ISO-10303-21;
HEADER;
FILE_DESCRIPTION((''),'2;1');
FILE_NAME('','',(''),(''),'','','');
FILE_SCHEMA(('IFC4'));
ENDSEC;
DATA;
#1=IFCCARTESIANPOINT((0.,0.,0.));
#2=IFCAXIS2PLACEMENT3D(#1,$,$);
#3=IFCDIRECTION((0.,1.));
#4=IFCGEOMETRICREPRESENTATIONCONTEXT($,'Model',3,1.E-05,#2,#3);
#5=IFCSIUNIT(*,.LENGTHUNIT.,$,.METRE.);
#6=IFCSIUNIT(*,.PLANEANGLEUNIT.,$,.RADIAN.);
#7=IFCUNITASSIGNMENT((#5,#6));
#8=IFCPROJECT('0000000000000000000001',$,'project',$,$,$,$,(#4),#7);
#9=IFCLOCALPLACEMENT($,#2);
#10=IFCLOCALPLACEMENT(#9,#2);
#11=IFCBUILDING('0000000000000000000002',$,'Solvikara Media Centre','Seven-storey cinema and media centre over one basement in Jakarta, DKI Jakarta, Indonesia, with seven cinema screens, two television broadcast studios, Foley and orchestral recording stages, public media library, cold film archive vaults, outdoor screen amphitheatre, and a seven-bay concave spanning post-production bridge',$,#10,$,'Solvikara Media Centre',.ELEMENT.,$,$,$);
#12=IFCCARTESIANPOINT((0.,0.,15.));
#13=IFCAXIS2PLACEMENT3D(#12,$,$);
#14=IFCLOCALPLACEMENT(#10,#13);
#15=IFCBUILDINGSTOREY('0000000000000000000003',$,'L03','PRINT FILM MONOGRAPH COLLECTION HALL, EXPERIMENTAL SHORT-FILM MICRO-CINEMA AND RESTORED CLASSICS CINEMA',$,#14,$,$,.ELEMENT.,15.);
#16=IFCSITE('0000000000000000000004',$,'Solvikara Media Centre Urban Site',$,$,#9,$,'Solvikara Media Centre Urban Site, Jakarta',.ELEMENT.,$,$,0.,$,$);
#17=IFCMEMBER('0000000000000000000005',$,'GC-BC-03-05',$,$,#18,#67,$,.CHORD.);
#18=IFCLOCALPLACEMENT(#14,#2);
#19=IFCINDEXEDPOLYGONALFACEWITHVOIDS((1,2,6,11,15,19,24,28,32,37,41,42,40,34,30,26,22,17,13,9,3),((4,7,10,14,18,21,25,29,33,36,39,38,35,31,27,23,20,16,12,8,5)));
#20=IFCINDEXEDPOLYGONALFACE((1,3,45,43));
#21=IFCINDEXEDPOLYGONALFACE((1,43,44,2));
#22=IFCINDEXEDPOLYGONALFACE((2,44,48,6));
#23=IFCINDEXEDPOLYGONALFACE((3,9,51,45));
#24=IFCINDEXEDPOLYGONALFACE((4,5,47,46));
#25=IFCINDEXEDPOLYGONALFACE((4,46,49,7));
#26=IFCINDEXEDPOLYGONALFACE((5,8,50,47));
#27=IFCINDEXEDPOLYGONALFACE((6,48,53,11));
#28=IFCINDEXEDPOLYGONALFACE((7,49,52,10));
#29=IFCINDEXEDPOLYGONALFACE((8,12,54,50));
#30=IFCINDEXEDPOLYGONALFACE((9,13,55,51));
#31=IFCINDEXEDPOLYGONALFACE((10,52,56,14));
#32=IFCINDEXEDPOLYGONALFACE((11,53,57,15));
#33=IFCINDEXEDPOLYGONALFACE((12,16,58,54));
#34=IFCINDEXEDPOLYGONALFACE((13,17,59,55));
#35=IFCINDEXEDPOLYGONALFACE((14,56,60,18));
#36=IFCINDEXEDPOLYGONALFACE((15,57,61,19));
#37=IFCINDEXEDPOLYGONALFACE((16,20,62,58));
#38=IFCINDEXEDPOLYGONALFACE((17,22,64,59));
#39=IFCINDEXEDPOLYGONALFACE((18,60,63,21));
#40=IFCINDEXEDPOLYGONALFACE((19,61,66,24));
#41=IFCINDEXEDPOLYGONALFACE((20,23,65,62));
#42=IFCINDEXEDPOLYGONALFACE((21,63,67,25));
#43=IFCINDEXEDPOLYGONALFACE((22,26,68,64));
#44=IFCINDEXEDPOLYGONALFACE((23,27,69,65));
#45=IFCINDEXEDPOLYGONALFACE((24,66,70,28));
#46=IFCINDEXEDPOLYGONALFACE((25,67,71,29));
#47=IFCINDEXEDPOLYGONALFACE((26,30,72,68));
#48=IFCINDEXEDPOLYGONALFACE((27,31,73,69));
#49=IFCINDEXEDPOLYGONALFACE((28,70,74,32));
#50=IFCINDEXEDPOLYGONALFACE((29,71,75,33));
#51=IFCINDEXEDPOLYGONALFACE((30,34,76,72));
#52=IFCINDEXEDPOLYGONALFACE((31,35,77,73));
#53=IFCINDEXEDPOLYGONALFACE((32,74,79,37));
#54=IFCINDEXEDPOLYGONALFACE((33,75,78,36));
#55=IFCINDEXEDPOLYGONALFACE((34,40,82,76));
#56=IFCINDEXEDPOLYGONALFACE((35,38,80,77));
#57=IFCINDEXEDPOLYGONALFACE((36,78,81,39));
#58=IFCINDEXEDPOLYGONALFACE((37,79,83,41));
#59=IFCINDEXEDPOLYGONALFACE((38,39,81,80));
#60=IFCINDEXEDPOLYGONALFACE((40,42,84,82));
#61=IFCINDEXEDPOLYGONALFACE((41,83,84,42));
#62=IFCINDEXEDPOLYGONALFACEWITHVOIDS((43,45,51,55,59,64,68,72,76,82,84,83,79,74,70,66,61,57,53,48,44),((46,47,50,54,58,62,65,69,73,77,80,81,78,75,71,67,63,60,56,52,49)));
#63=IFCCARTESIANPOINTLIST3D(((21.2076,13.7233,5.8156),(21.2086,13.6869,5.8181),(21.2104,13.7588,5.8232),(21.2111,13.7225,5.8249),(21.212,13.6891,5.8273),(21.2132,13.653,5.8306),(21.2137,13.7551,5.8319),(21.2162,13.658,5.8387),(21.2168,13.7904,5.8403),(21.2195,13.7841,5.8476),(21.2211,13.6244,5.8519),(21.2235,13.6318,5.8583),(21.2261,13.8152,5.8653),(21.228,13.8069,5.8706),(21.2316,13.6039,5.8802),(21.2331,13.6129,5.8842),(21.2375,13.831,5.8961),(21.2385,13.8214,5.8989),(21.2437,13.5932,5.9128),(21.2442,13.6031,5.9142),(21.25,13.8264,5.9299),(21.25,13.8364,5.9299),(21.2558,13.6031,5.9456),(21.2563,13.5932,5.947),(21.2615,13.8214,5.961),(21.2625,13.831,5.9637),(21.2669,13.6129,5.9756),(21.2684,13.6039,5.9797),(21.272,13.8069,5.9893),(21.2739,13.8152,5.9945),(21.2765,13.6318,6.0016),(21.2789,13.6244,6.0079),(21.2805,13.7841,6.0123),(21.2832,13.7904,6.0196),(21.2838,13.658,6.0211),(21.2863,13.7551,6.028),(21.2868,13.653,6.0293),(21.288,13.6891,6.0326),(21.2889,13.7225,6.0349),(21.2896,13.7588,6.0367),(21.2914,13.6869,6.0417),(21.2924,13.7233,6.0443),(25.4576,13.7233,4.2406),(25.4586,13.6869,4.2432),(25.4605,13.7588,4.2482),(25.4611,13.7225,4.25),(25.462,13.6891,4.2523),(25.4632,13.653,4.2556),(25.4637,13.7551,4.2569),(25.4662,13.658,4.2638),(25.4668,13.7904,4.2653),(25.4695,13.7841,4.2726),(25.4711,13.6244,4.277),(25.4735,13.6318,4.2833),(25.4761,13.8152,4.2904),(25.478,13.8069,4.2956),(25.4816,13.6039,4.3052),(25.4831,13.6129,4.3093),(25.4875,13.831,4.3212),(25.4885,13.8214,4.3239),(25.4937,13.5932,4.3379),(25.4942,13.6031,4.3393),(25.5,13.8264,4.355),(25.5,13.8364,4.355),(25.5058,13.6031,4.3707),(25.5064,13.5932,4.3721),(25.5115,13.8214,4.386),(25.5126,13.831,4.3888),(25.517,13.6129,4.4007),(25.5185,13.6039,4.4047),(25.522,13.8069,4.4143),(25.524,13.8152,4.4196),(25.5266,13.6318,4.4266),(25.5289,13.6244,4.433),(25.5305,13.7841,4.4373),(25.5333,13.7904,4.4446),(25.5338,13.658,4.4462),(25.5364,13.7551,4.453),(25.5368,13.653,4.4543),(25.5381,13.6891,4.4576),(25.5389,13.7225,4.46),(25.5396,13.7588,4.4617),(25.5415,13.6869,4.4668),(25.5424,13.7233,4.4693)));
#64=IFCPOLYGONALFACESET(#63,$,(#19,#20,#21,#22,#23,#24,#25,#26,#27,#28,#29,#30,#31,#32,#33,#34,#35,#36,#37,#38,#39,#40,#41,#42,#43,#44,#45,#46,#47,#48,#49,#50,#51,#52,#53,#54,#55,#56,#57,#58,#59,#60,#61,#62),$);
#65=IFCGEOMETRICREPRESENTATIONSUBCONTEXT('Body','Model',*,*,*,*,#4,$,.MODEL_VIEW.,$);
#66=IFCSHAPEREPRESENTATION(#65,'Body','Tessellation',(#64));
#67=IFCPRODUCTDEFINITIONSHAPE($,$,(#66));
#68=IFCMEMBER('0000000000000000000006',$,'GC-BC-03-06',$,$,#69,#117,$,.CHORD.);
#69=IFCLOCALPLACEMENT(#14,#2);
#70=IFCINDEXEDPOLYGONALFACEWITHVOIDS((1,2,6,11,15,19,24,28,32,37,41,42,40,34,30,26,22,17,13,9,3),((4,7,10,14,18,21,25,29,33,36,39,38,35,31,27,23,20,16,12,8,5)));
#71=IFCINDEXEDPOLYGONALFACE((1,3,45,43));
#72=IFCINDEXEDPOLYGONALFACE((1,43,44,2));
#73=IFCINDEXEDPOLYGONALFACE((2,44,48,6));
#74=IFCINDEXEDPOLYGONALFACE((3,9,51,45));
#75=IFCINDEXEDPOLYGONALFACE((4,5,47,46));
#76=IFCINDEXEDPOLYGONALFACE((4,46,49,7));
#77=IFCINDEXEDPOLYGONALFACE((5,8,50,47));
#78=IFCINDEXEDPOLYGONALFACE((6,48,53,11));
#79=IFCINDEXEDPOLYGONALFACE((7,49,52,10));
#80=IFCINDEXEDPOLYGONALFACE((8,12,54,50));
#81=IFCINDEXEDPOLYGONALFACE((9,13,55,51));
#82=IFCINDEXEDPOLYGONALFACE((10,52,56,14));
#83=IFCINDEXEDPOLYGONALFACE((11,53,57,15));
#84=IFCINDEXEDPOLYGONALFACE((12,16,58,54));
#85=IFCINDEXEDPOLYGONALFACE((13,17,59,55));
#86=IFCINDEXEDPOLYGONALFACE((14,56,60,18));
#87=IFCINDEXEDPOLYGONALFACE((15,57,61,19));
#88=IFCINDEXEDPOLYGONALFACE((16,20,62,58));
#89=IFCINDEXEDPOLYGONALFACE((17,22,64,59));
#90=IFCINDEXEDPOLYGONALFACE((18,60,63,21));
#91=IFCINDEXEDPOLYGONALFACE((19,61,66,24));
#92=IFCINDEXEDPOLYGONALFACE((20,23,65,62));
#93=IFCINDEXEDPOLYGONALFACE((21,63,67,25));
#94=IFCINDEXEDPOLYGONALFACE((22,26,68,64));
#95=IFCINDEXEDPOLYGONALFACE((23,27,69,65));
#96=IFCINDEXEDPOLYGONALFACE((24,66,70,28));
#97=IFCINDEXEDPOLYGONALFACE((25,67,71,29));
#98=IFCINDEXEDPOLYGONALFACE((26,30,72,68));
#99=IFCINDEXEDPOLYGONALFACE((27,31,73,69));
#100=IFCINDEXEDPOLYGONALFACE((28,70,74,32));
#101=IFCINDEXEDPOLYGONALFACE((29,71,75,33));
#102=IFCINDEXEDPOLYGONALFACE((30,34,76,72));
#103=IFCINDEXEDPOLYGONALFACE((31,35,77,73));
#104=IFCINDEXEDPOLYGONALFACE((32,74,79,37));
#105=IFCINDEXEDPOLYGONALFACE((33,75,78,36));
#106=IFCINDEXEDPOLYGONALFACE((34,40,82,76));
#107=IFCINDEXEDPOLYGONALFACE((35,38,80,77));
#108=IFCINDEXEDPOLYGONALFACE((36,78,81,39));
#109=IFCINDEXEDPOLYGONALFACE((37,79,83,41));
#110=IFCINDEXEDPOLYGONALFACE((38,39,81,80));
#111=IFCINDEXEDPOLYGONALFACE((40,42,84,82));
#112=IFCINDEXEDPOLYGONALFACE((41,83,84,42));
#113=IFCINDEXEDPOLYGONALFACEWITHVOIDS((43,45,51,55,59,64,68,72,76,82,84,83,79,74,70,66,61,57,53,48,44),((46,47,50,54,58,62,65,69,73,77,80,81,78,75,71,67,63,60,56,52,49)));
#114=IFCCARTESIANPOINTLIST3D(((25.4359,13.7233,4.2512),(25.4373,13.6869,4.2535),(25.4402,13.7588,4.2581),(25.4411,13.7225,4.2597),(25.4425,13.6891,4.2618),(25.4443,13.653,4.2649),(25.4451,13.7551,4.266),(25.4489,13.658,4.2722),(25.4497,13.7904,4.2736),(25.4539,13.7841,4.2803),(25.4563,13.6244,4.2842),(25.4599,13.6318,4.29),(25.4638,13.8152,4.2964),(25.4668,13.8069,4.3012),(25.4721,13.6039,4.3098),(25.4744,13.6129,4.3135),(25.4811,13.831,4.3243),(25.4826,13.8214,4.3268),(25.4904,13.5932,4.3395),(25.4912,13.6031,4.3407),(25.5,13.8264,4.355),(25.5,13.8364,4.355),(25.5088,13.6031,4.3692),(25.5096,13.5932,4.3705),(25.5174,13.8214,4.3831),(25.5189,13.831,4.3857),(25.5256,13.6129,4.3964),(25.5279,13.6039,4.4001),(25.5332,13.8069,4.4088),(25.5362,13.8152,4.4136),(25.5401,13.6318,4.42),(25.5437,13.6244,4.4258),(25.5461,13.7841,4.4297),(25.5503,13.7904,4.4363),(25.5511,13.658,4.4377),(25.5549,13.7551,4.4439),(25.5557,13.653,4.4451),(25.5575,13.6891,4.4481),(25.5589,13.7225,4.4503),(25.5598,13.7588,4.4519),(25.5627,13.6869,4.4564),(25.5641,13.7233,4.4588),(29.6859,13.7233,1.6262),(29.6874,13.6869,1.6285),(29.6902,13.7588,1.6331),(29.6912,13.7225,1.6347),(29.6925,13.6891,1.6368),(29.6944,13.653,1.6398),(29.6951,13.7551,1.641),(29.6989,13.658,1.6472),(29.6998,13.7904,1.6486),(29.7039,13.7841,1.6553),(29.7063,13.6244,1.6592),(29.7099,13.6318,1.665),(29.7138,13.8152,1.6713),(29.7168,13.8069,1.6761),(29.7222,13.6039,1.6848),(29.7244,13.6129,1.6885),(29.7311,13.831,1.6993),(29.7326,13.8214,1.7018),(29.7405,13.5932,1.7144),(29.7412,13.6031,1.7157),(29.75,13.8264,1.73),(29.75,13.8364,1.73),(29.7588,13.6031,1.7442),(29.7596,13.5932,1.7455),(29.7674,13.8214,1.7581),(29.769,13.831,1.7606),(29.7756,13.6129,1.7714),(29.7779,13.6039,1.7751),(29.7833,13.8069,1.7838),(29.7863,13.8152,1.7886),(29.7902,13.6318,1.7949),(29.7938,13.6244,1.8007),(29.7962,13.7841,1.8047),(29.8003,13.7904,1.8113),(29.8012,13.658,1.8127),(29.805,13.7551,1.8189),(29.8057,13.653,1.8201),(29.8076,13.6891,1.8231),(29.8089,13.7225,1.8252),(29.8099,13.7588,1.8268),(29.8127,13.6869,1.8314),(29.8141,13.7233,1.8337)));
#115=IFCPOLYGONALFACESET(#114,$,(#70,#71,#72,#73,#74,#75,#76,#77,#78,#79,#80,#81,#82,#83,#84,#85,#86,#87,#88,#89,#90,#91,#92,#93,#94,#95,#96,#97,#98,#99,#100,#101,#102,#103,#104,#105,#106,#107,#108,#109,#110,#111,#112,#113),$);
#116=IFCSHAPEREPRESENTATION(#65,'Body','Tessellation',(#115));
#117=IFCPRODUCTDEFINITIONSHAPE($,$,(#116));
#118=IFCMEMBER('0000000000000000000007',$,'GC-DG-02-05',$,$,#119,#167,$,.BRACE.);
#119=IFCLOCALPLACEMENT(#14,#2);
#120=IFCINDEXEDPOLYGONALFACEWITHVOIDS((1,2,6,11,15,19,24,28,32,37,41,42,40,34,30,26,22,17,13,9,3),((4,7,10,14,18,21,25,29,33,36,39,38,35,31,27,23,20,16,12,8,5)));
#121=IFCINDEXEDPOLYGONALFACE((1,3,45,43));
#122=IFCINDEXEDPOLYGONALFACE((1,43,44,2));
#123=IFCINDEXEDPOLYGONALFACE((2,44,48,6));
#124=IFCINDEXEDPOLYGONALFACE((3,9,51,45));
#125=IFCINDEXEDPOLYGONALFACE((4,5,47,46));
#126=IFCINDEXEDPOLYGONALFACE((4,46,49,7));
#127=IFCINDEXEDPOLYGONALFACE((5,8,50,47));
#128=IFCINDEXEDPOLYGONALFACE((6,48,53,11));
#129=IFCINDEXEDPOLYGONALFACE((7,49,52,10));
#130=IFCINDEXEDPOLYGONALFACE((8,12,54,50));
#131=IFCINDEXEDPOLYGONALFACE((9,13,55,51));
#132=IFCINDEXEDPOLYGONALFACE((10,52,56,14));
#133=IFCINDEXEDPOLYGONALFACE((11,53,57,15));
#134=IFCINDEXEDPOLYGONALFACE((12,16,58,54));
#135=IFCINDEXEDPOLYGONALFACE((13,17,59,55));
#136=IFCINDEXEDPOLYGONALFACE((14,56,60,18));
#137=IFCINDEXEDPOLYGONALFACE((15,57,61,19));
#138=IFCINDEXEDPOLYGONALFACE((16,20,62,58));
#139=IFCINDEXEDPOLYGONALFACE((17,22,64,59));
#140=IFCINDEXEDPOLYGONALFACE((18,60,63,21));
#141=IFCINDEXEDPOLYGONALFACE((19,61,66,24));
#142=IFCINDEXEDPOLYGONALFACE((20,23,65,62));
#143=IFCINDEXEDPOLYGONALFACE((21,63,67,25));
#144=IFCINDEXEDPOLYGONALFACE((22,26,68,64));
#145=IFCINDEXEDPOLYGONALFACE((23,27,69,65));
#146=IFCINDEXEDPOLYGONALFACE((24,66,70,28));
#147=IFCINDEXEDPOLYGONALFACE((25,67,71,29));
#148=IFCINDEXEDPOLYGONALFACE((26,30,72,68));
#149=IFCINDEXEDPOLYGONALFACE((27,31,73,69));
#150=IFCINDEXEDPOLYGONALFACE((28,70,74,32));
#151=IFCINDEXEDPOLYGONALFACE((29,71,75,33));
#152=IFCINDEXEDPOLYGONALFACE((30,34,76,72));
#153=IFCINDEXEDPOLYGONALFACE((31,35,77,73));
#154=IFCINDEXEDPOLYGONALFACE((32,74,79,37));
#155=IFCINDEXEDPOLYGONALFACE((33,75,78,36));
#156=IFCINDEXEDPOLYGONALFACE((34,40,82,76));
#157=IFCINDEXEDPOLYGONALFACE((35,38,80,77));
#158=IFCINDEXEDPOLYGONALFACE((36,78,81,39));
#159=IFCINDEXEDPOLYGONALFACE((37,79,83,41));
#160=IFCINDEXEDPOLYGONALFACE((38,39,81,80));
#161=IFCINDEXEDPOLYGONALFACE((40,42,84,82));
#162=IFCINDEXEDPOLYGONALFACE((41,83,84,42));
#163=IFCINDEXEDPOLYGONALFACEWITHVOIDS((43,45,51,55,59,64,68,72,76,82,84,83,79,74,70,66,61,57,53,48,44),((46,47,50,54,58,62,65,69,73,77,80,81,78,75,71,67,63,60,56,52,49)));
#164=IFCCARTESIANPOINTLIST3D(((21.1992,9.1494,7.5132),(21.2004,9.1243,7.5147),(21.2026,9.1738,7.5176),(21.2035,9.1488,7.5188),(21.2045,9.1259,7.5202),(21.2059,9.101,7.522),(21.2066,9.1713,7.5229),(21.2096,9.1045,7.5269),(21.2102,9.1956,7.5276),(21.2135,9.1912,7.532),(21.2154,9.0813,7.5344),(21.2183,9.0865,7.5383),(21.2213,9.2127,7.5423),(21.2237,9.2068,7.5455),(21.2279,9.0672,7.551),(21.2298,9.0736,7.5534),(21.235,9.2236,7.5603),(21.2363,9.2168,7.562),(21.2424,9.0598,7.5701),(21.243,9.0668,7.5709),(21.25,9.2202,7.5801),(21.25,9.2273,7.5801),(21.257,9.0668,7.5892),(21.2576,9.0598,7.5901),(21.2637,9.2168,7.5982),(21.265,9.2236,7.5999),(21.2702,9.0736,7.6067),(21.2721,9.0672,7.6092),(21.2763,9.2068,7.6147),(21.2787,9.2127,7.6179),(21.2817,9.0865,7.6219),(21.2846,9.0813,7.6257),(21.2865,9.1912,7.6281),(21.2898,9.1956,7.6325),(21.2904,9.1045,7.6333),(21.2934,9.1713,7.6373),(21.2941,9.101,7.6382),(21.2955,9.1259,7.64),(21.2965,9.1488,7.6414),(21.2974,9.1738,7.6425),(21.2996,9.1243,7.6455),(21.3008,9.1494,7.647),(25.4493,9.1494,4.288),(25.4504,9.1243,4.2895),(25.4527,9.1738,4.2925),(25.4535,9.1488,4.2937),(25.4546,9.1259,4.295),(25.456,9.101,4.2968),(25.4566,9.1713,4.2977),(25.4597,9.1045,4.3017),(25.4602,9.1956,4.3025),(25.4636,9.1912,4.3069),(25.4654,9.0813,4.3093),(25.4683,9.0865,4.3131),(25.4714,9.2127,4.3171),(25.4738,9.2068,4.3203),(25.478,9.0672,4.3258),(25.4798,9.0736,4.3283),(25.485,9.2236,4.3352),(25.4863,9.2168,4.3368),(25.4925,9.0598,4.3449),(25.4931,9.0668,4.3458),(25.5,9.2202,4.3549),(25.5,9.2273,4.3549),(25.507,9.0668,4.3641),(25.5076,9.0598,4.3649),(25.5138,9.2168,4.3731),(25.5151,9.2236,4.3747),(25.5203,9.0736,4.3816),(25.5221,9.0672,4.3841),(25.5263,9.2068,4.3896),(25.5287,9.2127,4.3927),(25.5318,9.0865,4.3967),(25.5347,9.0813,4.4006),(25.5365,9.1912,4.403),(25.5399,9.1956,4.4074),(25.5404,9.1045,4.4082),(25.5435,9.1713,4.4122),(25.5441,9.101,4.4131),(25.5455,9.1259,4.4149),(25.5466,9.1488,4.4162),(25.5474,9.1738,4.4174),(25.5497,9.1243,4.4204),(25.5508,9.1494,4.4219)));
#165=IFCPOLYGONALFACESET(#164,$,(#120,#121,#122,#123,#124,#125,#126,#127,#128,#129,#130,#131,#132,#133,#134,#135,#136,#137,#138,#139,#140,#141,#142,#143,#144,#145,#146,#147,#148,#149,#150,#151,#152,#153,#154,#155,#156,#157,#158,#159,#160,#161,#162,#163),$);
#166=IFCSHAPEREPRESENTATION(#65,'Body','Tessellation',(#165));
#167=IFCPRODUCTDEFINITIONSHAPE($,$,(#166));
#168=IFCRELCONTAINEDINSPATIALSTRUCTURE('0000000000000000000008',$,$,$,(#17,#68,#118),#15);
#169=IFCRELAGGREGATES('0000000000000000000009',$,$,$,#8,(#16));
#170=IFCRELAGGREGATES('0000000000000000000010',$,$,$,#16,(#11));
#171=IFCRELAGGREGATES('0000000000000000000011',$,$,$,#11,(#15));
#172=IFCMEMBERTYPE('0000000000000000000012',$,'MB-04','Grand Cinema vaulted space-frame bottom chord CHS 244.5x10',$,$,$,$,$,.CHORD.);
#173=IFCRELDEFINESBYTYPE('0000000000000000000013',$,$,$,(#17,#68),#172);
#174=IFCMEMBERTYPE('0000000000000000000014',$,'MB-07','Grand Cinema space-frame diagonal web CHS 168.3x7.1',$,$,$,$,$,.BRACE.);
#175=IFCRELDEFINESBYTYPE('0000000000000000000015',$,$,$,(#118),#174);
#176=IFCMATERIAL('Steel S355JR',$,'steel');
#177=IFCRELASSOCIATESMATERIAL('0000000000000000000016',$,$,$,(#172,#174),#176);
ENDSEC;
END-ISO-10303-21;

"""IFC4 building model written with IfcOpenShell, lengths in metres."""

from ifc_helpers import new_model, si_unit, direction, frame, origin, origin_2d, place, context, subcontext, project, spatial, hollow_circle, extrude, material, material_profile, profile_set, type_object, element, save


model = new_model("IFC4")

# Units and contexts
model_context = context("Model", 3, precision=1e-05, world=origin(), true_north=direction((0.0, 1.0)))
body_context = subcontext(model_context, "Body", "Model", "MODEL_VIEW")
ifc_project = project(units=[si_unit("LENGTHUNIT", "METRE"), si_unit("PLANEANGLEUNIT", "RADIAN")], contexts=[model_context])

# Site, building, storey
site_placement = place(None, origin())
site = spatial("IfcSite", under=ifc_project, at=site_placement, Name="Solvikara Media Centre Urban Site", LongName="Solvikara Media Centre Urban Site, Jakarta", CompositionType="ELEMENT", RefElevation=0.0)
building_placement = place(site_placement, origin())
building = spatial("IfcBuilding", under=site, at=building_placement, Name="Solvikara Media Centre", Description="Seven-storey cinema and media centre over one basement in Jakarta, DKI Jakarta, Indonesia, with seven cinema screens, two television broadcast studios, Foley and orchestral recording stages, public media library, cold film archive vaults, outdoor screen amphitheatre, and a seven-bay concave spanning post-production bridge", LongName="Solvikara Media Centre", CompositionType="ELEMENT")
storey_placement = place(building_placement, frame((0.0, 0.0, 15.0)))
storey = spatial("IfcBuildingStorey", under=building, at=storey_placement, Name="L03", Description="PRINT FILM MONOGRAPH COLLECTION HALL, EXPERIMENTAL SHORT-FILM MICRO-CINEMA AND RESTORED CLASSICS CINEMA", CompositionType="ELEMENT", Elevation=15.0)

# Members
ifc_material_1 = material(Name="Steel S355JR", Category="steel")
ifc_material_profile_1 = material_profile(ifc_material_1, hollow_circle(Radius=0.1223, WallThickness=0.01, at=origin_2d()), Name="CHS 244.5x10")
ifc_profile_set_1 = profile_set([ifc_material_profile_1], Name="Steel S355JR")
member_type_1 = type_object("IfcMemberType", Name="MB-04", Description="Grand Cinema vaulted space-frame bottom chord CHS 244.5x10", PredefinedType="CHORD", material=ifc_profile_set_1)
member_1_placement = place(storey_placement, frame((21.25, 13.7141, 5.9299), z_axis=(0.937686, 0.0, -0.347485), x_axis=(0.0, 1.0, 0.0)))
element("IfcMember", 1, at=member_1_placement, inside=storey, type_object=member_type_1, Name="GC-BC-03-05", PredefinedType="CHORD", context=body_context, shape_type="SweptSolid", body=[
    extrude(hollow_circle(Radius=0.1223, WallThickness=0.01, at=origin_2d()), origin(), (0.0, 0.0, 1.0), 4.5325),
])
member_2_placement = place(storey_placement, frame((25.5, 13.7141, 4.355), z_axis=(0.850798, 0.0, -0.525493), x_axis=(0.0, 1.0, 0.0)))
element("IfcMember", 2, at=member_2_placement, inside=storey, type_object=member_type_1, Name="GC-BC-03-06", PredefinedType="CHORD", context=body_context, shape_type="SweptSolid", body=[
    extrude(hollow_circle(Radius=0.1223, WallThickness=0.01, at=origin_2d()), origin(), (0.0, 0.0, 1.0), 4.9954),
])
ifc_material_profile_2 = material_profile(ifc_material_1, hollow_circle(Radius=0.0842, WallThickness=0.0071, at=origin_2d()), Name="CHS 168.3x7.1")
ifc_profile_set_2 = profile_set([ifc_material_profile_2], Name="Steel S355JR")
member_type_2 = type_object("IfcMemberType", Name="MB-07", Description="Grand Cinema space-frame diagonal web CHS 168.3x7.1", PredefinedType="BRACE", material=ifc_profile_set_2)
member_3_placement = place(storey_placement, frame((21.25, 9.1431, 7.5801), z_axis=(0.796605, 0.0, -0.604501), x_axis=(0.0, 1.0, 0.0)))
element("IfcMember", 3, at=member_3_placement, inside=storey, type_object=member_type_2, Name="GC-DG-02-05", PredefinedType="BRACE", context=body_context, shape_type="SweptSolid", body=[
    extrude(hollow_circle(Radius=0.0842, WallThickness=0.0071, at=origin_2d()), origin(), (0.0, 0.0, 1.0), 5.3352),
])

save(model, "model.ifc")
